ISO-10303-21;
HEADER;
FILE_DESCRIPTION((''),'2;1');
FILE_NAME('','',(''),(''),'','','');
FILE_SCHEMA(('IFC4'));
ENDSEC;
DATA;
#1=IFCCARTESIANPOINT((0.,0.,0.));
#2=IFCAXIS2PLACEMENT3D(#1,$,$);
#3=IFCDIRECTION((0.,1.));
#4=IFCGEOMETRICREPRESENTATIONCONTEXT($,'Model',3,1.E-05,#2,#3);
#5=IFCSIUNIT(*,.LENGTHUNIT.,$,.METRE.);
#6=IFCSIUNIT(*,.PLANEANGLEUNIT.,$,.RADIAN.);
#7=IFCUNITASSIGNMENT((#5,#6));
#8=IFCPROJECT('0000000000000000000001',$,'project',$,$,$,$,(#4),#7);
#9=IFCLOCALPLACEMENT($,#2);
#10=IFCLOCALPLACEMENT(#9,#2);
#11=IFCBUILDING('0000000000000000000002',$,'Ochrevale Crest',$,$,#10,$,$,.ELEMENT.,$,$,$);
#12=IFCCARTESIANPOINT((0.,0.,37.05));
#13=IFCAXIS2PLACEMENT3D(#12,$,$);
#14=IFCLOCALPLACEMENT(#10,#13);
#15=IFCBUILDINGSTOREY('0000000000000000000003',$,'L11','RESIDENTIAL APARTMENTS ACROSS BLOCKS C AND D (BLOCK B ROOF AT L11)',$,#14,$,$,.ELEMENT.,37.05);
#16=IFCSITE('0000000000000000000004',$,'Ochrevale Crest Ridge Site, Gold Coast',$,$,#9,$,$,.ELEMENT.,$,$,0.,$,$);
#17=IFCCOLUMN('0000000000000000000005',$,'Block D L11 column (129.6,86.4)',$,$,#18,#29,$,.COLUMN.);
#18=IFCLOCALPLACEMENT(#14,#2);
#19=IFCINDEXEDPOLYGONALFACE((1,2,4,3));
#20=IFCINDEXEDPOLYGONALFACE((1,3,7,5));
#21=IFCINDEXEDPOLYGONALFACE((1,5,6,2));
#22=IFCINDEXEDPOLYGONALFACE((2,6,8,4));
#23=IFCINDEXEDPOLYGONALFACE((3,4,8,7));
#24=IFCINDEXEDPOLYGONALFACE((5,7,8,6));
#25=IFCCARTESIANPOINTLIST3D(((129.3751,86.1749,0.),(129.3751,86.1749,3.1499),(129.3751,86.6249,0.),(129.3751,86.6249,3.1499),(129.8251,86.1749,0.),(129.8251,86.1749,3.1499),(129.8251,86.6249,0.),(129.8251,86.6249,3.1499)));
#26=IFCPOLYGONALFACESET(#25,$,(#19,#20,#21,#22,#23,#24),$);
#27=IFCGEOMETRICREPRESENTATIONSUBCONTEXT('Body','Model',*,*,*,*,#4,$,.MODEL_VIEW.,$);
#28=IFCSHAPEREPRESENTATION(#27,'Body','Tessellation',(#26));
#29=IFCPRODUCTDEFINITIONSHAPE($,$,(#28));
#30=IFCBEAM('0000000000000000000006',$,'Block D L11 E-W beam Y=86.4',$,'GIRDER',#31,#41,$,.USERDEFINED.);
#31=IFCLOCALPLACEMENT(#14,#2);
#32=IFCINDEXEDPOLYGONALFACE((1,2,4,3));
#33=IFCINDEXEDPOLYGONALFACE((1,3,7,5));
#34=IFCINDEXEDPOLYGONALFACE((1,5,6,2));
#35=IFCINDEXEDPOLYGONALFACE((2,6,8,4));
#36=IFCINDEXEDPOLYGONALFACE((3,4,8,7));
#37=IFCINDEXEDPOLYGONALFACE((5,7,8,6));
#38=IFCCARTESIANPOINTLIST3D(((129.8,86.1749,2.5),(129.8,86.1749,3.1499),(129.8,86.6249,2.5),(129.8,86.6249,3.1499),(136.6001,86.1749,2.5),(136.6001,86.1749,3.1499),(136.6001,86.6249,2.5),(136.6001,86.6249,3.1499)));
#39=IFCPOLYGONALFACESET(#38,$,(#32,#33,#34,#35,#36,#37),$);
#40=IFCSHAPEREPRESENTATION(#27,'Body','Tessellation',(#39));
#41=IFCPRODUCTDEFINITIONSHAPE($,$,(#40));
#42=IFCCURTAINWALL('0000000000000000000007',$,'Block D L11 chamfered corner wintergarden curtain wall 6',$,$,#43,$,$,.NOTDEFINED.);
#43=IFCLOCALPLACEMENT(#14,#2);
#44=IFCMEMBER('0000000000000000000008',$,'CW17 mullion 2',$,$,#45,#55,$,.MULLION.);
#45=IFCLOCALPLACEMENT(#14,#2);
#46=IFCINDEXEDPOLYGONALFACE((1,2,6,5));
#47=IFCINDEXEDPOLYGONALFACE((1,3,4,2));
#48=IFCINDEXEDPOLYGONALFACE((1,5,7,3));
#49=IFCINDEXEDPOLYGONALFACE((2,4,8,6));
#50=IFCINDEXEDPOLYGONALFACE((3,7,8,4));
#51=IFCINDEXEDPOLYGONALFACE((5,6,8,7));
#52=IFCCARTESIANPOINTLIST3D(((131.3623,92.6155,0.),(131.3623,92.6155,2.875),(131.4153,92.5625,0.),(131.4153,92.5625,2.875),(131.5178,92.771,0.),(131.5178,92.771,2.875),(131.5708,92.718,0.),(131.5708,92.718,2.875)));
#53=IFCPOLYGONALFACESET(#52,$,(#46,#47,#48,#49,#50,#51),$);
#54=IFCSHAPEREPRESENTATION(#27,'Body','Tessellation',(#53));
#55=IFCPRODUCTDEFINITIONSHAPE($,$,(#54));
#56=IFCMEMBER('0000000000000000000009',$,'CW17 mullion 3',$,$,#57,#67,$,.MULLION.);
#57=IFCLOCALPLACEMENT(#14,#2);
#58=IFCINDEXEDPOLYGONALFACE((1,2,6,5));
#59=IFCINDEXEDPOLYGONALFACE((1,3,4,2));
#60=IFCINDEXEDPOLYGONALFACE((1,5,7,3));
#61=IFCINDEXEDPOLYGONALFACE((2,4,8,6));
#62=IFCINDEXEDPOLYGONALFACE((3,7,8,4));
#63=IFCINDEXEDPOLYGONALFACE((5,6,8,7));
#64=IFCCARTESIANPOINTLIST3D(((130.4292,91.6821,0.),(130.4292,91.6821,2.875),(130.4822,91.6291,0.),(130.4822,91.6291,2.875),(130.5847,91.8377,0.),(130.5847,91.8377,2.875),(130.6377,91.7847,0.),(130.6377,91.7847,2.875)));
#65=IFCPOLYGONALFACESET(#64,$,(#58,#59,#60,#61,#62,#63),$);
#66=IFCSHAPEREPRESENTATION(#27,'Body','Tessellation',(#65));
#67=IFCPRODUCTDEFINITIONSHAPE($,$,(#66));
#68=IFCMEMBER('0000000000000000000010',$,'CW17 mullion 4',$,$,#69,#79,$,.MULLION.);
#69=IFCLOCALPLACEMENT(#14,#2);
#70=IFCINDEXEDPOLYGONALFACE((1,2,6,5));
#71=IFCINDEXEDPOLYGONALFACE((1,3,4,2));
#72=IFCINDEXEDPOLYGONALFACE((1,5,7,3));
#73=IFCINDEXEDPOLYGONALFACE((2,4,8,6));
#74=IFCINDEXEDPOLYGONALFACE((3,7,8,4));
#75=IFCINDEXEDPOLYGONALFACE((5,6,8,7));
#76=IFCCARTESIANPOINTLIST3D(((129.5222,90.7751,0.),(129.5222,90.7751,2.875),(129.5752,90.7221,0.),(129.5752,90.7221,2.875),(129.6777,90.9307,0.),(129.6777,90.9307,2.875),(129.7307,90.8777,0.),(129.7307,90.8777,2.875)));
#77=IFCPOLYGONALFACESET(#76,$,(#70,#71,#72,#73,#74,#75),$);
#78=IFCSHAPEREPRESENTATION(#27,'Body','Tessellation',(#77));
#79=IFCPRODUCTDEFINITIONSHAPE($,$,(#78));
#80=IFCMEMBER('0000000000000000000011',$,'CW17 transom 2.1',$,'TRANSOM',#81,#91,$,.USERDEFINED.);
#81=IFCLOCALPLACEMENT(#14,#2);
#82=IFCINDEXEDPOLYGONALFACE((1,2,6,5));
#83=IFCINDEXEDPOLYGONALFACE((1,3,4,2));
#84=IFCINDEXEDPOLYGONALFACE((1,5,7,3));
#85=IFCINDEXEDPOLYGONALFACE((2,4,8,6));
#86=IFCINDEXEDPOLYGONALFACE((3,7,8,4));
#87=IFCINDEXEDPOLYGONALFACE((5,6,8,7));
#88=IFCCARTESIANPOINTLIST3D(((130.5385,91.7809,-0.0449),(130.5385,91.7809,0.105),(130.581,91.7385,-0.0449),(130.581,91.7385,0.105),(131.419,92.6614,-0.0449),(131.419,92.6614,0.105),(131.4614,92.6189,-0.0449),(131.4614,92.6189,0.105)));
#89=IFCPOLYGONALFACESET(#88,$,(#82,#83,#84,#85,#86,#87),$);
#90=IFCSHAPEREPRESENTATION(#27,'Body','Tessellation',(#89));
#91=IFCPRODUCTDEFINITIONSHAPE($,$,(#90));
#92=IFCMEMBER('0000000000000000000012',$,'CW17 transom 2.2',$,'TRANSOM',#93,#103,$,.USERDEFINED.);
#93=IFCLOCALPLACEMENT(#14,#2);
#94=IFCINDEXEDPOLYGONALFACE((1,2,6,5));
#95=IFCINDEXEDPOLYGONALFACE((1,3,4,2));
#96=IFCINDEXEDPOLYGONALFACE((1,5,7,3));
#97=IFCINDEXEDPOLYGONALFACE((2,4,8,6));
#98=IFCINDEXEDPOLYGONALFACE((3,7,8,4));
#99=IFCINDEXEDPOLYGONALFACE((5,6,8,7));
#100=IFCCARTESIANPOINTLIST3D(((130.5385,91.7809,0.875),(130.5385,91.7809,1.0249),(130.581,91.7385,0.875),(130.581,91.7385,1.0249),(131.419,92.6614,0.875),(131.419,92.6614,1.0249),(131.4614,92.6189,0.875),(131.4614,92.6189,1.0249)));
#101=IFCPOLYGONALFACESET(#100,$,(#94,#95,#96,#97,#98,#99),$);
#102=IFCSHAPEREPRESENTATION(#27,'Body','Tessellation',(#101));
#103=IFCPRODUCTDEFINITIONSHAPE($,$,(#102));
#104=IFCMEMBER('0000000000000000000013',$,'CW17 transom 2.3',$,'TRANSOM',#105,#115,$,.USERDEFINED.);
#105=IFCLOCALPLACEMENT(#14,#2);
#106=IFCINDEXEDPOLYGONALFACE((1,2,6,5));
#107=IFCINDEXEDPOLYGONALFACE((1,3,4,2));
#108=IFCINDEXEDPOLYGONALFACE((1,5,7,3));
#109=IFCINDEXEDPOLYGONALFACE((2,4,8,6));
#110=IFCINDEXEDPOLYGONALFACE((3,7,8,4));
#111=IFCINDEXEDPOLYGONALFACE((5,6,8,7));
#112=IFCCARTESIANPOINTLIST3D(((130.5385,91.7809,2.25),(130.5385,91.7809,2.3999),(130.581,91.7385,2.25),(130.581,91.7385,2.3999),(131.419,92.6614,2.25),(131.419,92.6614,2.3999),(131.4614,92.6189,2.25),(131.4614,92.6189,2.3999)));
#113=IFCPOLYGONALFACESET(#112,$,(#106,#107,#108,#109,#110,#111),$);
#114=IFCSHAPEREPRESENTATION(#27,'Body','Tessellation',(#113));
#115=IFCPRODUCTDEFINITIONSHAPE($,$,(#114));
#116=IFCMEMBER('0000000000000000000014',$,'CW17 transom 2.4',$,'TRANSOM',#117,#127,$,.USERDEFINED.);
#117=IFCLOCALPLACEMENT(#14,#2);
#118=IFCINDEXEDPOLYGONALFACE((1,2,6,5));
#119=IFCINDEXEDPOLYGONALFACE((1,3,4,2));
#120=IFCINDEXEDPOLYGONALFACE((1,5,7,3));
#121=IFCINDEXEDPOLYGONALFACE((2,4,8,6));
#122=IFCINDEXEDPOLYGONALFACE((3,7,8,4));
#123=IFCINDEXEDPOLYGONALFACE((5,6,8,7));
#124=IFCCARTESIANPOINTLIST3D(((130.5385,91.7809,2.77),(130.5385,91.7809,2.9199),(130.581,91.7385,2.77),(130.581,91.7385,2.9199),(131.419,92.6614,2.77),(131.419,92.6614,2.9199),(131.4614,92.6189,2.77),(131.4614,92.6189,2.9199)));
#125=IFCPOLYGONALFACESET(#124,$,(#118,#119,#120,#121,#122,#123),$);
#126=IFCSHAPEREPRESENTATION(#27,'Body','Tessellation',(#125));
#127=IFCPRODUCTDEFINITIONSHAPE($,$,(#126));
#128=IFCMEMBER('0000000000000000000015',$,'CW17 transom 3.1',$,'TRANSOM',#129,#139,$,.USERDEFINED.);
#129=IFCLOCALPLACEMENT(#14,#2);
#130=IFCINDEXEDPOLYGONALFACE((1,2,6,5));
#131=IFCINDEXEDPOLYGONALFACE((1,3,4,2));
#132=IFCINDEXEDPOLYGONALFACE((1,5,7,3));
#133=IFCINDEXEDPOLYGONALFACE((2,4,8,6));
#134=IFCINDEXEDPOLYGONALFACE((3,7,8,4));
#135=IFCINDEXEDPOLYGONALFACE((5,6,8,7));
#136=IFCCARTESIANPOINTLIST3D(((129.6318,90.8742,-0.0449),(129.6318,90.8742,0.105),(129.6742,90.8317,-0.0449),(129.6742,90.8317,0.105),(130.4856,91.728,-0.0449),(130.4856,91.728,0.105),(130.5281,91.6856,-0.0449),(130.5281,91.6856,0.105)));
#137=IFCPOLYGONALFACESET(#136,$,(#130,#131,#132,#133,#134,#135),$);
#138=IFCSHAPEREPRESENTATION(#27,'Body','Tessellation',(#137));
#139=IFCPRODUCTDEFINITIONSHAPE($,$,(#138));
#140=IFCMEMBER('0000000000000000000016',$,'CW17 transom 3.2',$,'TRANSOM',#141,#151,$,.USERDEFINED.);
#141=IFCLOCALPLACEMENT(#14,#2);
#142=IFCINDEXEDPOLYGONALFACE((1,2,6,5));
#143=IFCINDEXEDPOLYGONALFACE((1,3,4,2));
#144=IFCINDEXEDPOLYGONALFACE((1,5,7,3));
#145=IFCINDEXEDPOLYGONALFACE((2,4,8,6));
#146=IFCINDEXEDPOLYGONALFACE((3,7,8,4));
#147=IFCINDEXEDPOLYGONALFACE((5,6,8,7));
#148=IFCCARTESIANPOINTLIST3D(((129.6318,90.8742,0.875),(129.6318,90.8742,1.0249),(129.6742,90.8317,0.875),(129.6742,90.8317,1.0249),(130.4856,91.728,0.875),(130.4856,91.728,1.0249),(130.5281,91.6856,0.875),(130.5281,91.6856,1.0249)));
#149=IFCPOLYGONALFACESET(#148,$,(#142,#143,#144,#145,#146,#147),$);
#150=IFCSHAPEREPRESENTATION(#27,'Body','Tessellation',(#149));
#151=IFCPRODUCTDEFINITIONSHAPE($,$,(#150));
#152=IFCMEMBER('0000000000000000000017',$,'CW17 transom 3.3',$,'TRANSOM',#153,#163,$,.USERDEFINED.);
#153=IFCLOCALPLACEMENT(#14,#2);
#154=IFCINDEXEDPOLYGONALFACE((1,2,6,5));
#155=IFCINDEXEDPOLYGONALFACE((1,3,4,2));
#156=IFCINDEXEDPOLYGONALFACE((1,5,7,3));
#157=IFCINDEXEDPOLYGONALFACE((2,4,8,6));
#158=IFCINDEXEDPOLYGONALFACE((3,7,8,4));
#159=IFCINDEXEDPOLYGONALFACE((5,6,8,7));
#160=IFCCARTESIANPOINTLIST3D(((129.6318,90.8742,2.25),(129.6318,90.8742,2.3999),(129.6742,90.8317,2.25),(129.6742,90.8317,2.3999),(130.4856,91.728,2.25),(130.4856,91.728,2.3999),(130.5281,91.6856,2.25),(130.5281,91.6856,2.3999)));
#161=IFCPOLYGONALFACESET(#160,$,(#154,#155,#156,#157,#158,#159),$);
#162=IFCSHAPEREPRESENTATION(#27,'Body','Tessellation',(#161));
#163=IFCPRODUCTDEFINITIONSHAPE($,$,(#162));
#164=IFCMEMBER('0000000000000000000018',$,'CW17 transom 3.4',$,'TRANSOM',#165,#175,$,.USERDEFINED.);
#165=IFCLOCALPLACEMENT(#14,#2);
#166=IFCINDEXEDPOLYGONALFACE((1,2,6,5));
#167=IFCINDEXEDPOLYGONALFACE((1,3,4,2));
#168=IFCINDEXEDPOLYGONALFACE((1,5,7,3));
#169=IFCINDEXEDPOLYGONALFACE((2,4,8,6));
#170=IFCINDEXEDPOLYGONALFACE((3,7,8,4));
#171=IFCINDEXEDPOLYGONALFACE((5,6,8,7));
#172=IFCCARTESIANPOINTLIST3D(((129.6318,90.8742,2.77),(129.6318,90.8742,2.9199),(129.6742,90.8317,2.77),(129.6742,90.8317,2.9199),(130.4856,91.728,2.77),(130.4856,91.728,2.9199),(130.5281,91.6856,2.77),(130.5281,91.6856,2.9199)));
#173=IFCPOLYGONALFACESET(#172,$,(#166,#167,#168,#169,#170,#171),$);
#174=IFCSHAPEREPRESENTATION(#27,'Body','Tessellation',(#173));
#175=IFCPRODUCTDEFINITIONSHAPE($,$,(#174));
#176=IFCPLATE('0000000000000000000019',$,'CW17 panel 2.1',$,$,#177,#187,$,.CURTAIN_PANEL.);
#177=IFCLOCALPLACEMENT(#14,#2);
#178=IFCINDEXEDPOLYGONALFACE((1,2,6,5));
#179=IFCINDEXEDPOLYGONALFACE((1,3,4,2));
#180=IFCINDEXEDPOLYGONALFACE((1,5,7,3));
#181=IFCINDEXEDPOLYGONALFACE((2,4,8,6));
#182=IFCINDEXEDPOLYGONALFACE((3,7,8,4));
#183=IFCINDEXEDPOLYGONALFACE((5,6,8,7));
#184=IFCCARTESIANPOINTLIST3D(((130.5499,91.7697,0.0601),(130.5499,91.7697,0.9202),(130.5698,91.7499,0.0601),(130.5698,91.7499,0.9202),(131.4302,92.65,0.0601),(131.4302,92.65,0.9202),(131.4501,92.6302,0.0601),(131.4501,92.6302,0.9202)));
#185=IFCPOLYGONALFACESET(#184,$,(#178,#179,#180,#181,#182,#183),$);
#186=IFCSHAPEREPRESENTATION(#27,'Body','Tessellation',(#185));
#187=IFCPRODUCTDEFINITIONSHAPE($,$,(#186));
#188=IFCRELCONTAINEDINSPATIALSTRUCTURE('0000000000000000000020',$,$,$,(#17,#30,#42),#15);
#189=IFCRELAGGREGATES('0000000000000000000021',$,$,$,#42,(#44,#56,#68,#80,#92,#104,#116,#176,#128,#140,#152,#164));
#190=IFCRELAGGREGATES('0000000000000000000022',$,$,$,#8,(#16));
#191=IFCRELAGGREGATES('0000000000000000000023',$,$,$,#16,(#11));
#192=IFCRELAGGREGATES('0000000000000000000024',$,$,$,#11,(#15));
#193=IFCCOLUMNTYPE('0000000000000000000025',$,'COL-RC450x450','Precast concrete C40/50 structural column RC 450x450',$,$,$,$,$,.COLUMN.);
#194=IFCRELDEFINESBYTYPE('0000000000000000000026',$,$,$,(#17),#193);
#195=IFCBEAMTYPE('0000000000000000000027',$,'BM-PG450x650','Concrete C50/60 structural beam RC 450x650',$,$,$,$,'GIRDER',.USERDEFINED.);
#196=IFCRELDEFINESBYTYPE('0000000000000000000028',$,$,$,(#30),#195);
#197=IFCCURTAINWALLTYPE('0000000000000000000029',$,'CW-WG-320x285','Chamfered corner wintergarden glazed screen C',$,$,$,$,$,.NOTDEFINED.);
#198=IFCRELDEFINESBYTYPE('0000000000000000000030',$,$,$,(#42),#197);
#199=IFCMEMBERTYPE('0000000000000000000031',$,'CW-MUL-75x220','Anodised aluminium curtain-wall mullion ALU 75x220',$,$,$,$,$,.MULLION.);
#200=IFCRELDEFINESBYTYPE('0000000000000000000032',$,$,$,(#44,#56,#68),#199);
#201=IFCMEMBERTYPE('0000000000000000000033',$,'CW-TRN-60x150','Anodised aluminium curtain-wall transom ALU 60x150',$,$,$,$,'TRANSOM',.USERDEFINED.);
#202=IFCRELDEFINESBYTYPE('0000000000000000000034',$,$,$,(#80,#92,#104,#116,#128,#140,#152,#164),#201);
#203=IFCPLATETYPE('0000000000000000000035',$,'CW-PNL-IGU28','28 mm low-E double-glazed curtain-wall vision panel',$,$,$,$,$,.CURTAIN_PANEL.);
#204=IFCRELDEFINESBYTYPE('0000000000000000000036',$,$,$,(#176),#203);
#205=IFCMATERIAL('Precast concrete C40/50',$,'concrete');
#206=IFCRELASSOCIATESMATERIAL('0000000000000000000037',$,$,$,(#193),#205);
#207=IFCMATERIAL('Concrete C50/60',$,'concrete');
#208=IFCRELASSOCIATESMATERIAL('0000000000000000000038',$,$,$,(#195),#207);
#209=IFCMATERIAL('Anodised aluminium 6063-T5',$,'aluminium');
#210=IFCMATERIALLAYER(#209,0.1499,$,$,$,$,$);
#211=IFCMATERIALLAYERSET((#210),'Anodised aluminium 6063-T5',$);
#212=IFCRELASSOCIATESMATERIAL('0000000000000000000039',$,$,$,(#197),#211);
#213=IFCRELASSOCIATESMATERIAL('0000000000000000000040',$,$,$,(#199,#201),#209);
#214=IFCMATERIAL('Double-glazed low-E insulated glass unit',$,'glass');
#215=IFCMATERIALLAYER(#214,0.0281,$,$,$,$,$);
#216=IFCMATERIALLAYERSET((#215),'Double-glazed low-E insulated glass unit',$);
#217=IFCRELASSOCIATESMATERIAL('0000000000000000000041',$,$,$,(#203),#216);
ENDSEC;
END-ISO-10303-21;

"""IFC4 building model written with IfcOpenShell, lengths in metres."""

from ifc_helpers import new_model, si_unit, direction, frame, origin, origin_2d, place, context, subcontext, project, spatial, rectangle, extrude, material, layer, layer_set, material_profile, profile_set, type_object, element, aggregate, save


model = new_model("IFC4")

# Units and contexts
model_context = context("Model", 3, precision=1e-05, world=origin(), true_north=direction((0.0, 1.0)))
body_context = subcontext(model_context, "Body", "Model", "MODEL_VIEW")
ifc_project = project(units=[si_unit("LENGTHUNIT", "METRE"), si_unit("PLANEANGLEUNIT", "RADIAN")], contexts=[model_context])

# Site, building, storey
site_placement = place(None, origin())
site = spatial("IfcSite", under=ifc_project, at=site_placement, Name="Ochrevale Crest Ridge Site, Gold Coast", CompositionType="ELEMENT", RefElevation=0.0)
building_placement = place(site_placement, origin())
building = spatial("IfcBuilding", under=site, at=building_placement, Name="Ochrevale Crest", CompositionType="ELEMENT")
storey_placement = place(building_placement, frame((0.0, 0.0, 37.05)))
storey = spatial("IfcBuildingStorey", under=building, at=storey_placement, Name="L11", Description="RESIDENTIAL APARTMENTS ACROSS BLOCKS C AND D (BLOCK B ROOF AT L11)", CompositionType="ELEMENT", Elevation=37.05)

# Column
ifc_material_1 = material(Name="Precast concrete C40/50", Category="concrete")
ifc_material_profile_1 = material_profile(ifc_material_1, rectangle(XDim=0.45, YDim=0.45, at=origin_2d()), Name="RC 450x450")
ifc_profile_set_1 = profile_set([ifc_material_profile_1], Name="Precast concrete C40/50")
column_type = type_object("IfcColumnType", Name="COL-RC450x450", Description="Precast concrete C40/50 structural column RC 450x450", PredefinedType="COLUMN", material=ifc_profile_set_1)
column_placement = place(storey_placement, frame((129.6001, 86.3999, 0.0), z_axis=(0.0, 0.0, 1.0), x_axis=(1.0, 0.0, 0.0)))
element("IfcColumn", 1, at=column_placement, inside=storey, type_object=column_type, Name="Block D L11 column (129.6,86.4)", PredefinedType="COLUMN", context=body_context, shape_type="SweptSolid", body=[
    extrude(rectangle(XDim=0.45, YDim=0.45, at=origin_2d()), origin(), (0.0, 0.0, 1.0), 3.1499),
])

# Beam
ifc_material_2 = material(Name="Concrete C50/60", Category="concrete")
ifc_material_profile_2 = material_profile(ifc_material_2, rectangle(XDim=0.45, YDim=0.6499, at=origin_2d()), Name="RC 450x650")
ifc_profile_set_2 = profile_set([ifc_material_profile_2], Name="Concrete C50/60")
beam_type = type_object("IfcBeamType", Name="BM-PG450x650", Description="Concrete C50/60 structural beam RC 450x650", ElementType="GIRDER", PredefinedType="USERDEFINED", material=ifc_profile_set_2)
beam_placement = place(storey_placement, frame((129.8, 86.3999, 2.825), z_axis=(1.0, 0.0, 0.0), x_axis=(0.0, 1.0, 0.0)))
element("IfcBeam", 2, at=beam_placement, inside=storey, type_object=beam_type, Name="Block D L11 E-W beam Y=86.4", ObjectType="GIRDER", PredefinedType="USERDEFINED", context=body_context, shape_type="SweptSolid", body=[
    extrude(rectangle(XDim=0.45, YDim=0.6499, at=origin_2d()), origin(), (0.0, 0.0, 1.0), 6.8),
])

# Curtain wall, members, plate
ifc_material_3 = material(Name="Anodised aluminium 6063-T5", Category="aluminium")
ifc_layer_1 = layer(ifc_material_3, 0.1499)
ifc_layer_set_1 = layer_set([ifc_layer_1], Name="Anodised aluminium 6063-T5")
curtain_wall_type = type_object("IfcCurtainWallType", Name="CW-WG-320x285", Description="Chamfered corner wintergarden glazed screen C", PredefinedType="NOTDEFINED", material=ifc_layer_set_1)
curtain_wall_placement = place(storey_placement, origin())
curtain_wall = element("IfcCurtainWall", 3, at=curtain_wall_placement, inside=storey, type_object=curtain_wall_type, Name="Block D L11 chamfered corner wintergarden curtain wall 6", PredefinedType="NOTDEFINED")
ifc_material_profile_3 = material_profile(ifc_material_3, rectangle(XDim=0.075, YDim=0.22, at=origin_2d()), Name="ALU 75x220")
ifc_profile_set_3 = profile_set([ifc_material_profile_3], Name="Anodised aluminium 6063-T5")
member_type_1 = type_object("IfcMemberType", Name="CW-MUL-75x220", Description="Anodised aluminium curtain-wall mullion ALU 75x220", PredefinedType="MULLION", material=ifc_profile_set_3)
member_1_placement = place(storey_placement, frame((131.4666, 92.6667, 0.0), z_axis=(0.0, 0.0, 1.0), x_axis=(0.707107, -0.707107, 0.0)))
member_1 = element("IfcMember", 4, at=member_1_placement, type_object=member_type_1, Name="CW17 mullion 2", PredefinedType="MULLION", context=body_context, shape_type="SweptSolid", body=[
    extrude(rectangle(XDim=0.075, YDim=0.22, at=origin_2d()), origin(), (0.0, 0.0, 1.0), 2.875),
])
member_2_placement = place(storey_placement, frame((130.5334, 91.7334, 0.0), z_axis=(0.0, 0.0, 1.0), x_axis=(0.707107, -0.707107, 0.0)))
member_2 = element("IfcMember", 5, at=member_2_placement, type_object=member_type_1, Name="CW17 mullion 3", PredefinedType="MULLION", context=body_context, shape_type="SweptSolid", body=[
    extrude(rectangle(XDim=0.075, YDim=0.22, at=origin_2d()), origin(), (0.0, 0.0, 1.0), 2.875),
])
member_3_placement = place(storey_placement, frame((129.6265, 90.8264, 0.0), z_axis=(0.0, 0.0, 1.0), x_axis=(0.707107, -0.707107, 0.0)))
member_3 = element("IfcMember", 6, at=member_3_placement, type_object=member_type_1, Name="CW17 mullion 4", PredefinedType="MULLION", context=body_context, shape_type="SweptSolid", body=[
    extrude(rectangle(XDim=0.075, YDim=0.22, at=origin_2d()), origin(), (0.0, 0.0, 1.0), 2.875),
])
ifc_material_profile_4 = material_profile(ifc_material_3, rectangle(XDim=0.0601, YDim=0.1499, at=origin_2d()), Name="ALU 60x150")
ifc_profile_set_4 = profile_set([ifc_material_profile_4], Name="Anodised aluminium 6063-T5")
member_type_2 = type_object("IfcMemberType", Name="CW-TRN-60x150", Description="Anodised aluminium curtain-wall transom ALU 60x150", ElementType="TRANSOM", PredefinedType="USERDEFINED", material=ifc_profile_set_4)
member_4_placement = place(storey_placement, frame((131.4402, 92.6401, 0.03), z_axis=(-0.707107, -0.707107, 0.0), x_axis=(0.707107, -0.707107, 0.0)))
member_4 = element("IfcMember", 7, at=member_4_placement, type_object=member_type_2, Name="CW17 transom 2.1", ObjectType="TRANSOM", PredefinedType="USERDEFINED", context=body_context, shape_type="SweptSolid", body=[
    extrude(rectangle(XDim=0.0601, YDim=0.1499, at=origin_2d()), origin(), (0.0, 0.0, 1.0), 1.2451),
])
member_5_placement = place(storey_placement, frame((131.4402, 92.6401, 0.95), z_axis=(-0.707107, -0.707107, 0.0), x_axis=(0.707107, -0.707107, 0.0)))
member_5 = element("IfcMember", 8, at=member_5_placement, type_object=member_type_2, Name="CW17 transom 2.2", ObjectType="TRANSOM", PredefinedType="USERDEFINED", context=body_context, shape_type="SweptSolid", body=[
    extrude(rectangle(XDim=0.0601, YDim=0.1499, at=origin_2d()), origin(), (0.0, 0.0, 1.0), 1.2451),
])
member_6_placement = place(storey_placement, frame((131.4402, 92.6401, 2.325), z_axis=(-0.707107, -0.707107, 0.0), x_axis=(0.707107, -0.707107, 0.0)))
member_6 = element("IfcMember", 9, at=member_6_placement, type_object=member_type_2, Name="CW17 transom 2.3", ObjectType="TRANSOM", PredefinedType="USERDEFINED", context=body_context, shape_type="SweptSolid", body=[
    extrude(rectangle(XDim=0.0601, YDim=0.1499, at=origin_2d()), origin(), (0.0, 0.0, 1.0), 1.2451),
])
member_7_placement = place(storey_placement, frame((131.4402, 92.6401, 2.845), z_axis=(-0.707107, -0.707107, 0.0), x_axis=(0.707107, -0.707107, 0.0)))
member_7 = element("IfcMember", 10, at=member_7_placement, type_object=member_type_2, Name="CW17 transom 2.4", ObjectType="TRANSOM", PredefinedType="USERDEFINED", context=body_context, shape_type="SweptSolid", body=[
    extrude(rectangle(XDim=0.0601, YDim=0.1499, at=origin_2d()), origin(), (0.0, 0.0, 1.0), 1.2451),
])
member_8_placement = place(storey_placement, frame((130.5068, 91.7068, 0.03), z_axis=(-0.707107, -0.707107, 0.0), x_axis=(0.707107, -0.707107, 0.0)))
member_8 = element("IfcMember", 11, at=member_8_placement, type_object=member_type_2, Name="CW17 transom 3.1", ObjectType="TRANSOM", PredefinedType="USERDEFINED", context=body_context, shape_type="SweptSolid", body=[
    extrude(rectangle(XDim=0.0601, YDim=0.1499, at=origin_2d()), origin(), (0.0, 0.0, 1.0), 1.2075),
])
member_9_placement = place(storey_placement, frame((130.5068, 91.7068, 0.95), z_axis=(-0.707107, -0.707107, 0.0), x_axis=(0.707107, -0.707107, 0.0)))
member_9 = element("IfcMember", 12, at=member_9_placement, type_object=member_type_2, Name="CW17 transom 3.2", ObjectType="TRANSOM", PredefinedType="USERDEFINED", context=body_context, shape_type="SweptSolid", body=[
    extrude(rectangle(XDim=0.0601, YDim=0.1499, at=origin_2d()), origin(), (0.0, 0.0, 1.0), 1.2075),
])
member_10_placement = place(storey_placement, frame((130.5068, 91.7068, 2.325), z_axis=(-0.707107, -0.707107, 0.0), x_axis=(0.707107, -0.707107, 0.0)))
member_10 = element("IfcMember", 13, at=member_10_placement, type_object=member_type_2, Name="CW17 transom 3.3", ObjectType="TRANSOM", PredefinedType="USERDEFINED", context=body_context, shape_type="SweptSolid", body=[
    extrude(rectangle(XDim=0.0601, YDim=0.1499, at=origin_2d()), origin(), (0.0, 0.0, 1.0), 1.2075),
])
member_11_placement = place(storey_placement, frame((130.5068, 91.7068, 2.845), z_axis=(-0.707107, -0.707107, 0.0), x_axis=(0.707107, -0.707107, 0.0)))
member_11 = element("IfcMember", 14, at=member_11_placement, type_object=member_type_2, Name="CW17 transom 3.4", ObjectType="TRANSOM", PredefinedType="USERDEFINED", context=body_context, shape_type="SweptSolid", body=[
    extrude(rectangle(XDim=0.0601, YDim=0.1499, at=origin_2d()), origin(), (0.0, 0.0, 1.0), 1.2075),
])
ifc_material_4 = material(Name="Double-glazed low-E insulated glass unit", Category="glass")
ifc_layer_2 = layer(ifc_material_4, 0.0281)
ifc_layer_set_2 = layer_set([ifc_layer_2], Name="Double-glazed low-E insulated glass unit")
plate_type = type_object("IfcPlateType", Name="CW-PNL-IGU28", Description="28 mm low-E double-glazed curtain-wall vision panel", PredefinedType="CURTAIN_PANEL", material=ifc_layer_set_2)
plate_1_placement = place(storey_placement, frame((131.0, 92.2, 0.0601), z_axis=(0.0, 0.0, 1.0), x_axis=(-0.707107, -0.707107, 0.0)))
plate_1 = element("IfcPlate", 15, at=plate_1_placement, type_object=plate_type, Name="CW17 panel 2.1", PredefinedType="CURTAIN_PANEL", context=body_context, shape_type="SweptSolid", body=[
    extrude(rectangle(XDim=1.2449, YDim=0.0281, at=origin_2d()), origin(), (0.0, 0.0, 1.0), 0.8601),
])
aggregate(curtain_wall, [member_1, member_2, member_3, member_4, member_5, member_6, member_7, plate_1, member_8, member_9, member_10, member_11])

save(model, "model.ifc")
